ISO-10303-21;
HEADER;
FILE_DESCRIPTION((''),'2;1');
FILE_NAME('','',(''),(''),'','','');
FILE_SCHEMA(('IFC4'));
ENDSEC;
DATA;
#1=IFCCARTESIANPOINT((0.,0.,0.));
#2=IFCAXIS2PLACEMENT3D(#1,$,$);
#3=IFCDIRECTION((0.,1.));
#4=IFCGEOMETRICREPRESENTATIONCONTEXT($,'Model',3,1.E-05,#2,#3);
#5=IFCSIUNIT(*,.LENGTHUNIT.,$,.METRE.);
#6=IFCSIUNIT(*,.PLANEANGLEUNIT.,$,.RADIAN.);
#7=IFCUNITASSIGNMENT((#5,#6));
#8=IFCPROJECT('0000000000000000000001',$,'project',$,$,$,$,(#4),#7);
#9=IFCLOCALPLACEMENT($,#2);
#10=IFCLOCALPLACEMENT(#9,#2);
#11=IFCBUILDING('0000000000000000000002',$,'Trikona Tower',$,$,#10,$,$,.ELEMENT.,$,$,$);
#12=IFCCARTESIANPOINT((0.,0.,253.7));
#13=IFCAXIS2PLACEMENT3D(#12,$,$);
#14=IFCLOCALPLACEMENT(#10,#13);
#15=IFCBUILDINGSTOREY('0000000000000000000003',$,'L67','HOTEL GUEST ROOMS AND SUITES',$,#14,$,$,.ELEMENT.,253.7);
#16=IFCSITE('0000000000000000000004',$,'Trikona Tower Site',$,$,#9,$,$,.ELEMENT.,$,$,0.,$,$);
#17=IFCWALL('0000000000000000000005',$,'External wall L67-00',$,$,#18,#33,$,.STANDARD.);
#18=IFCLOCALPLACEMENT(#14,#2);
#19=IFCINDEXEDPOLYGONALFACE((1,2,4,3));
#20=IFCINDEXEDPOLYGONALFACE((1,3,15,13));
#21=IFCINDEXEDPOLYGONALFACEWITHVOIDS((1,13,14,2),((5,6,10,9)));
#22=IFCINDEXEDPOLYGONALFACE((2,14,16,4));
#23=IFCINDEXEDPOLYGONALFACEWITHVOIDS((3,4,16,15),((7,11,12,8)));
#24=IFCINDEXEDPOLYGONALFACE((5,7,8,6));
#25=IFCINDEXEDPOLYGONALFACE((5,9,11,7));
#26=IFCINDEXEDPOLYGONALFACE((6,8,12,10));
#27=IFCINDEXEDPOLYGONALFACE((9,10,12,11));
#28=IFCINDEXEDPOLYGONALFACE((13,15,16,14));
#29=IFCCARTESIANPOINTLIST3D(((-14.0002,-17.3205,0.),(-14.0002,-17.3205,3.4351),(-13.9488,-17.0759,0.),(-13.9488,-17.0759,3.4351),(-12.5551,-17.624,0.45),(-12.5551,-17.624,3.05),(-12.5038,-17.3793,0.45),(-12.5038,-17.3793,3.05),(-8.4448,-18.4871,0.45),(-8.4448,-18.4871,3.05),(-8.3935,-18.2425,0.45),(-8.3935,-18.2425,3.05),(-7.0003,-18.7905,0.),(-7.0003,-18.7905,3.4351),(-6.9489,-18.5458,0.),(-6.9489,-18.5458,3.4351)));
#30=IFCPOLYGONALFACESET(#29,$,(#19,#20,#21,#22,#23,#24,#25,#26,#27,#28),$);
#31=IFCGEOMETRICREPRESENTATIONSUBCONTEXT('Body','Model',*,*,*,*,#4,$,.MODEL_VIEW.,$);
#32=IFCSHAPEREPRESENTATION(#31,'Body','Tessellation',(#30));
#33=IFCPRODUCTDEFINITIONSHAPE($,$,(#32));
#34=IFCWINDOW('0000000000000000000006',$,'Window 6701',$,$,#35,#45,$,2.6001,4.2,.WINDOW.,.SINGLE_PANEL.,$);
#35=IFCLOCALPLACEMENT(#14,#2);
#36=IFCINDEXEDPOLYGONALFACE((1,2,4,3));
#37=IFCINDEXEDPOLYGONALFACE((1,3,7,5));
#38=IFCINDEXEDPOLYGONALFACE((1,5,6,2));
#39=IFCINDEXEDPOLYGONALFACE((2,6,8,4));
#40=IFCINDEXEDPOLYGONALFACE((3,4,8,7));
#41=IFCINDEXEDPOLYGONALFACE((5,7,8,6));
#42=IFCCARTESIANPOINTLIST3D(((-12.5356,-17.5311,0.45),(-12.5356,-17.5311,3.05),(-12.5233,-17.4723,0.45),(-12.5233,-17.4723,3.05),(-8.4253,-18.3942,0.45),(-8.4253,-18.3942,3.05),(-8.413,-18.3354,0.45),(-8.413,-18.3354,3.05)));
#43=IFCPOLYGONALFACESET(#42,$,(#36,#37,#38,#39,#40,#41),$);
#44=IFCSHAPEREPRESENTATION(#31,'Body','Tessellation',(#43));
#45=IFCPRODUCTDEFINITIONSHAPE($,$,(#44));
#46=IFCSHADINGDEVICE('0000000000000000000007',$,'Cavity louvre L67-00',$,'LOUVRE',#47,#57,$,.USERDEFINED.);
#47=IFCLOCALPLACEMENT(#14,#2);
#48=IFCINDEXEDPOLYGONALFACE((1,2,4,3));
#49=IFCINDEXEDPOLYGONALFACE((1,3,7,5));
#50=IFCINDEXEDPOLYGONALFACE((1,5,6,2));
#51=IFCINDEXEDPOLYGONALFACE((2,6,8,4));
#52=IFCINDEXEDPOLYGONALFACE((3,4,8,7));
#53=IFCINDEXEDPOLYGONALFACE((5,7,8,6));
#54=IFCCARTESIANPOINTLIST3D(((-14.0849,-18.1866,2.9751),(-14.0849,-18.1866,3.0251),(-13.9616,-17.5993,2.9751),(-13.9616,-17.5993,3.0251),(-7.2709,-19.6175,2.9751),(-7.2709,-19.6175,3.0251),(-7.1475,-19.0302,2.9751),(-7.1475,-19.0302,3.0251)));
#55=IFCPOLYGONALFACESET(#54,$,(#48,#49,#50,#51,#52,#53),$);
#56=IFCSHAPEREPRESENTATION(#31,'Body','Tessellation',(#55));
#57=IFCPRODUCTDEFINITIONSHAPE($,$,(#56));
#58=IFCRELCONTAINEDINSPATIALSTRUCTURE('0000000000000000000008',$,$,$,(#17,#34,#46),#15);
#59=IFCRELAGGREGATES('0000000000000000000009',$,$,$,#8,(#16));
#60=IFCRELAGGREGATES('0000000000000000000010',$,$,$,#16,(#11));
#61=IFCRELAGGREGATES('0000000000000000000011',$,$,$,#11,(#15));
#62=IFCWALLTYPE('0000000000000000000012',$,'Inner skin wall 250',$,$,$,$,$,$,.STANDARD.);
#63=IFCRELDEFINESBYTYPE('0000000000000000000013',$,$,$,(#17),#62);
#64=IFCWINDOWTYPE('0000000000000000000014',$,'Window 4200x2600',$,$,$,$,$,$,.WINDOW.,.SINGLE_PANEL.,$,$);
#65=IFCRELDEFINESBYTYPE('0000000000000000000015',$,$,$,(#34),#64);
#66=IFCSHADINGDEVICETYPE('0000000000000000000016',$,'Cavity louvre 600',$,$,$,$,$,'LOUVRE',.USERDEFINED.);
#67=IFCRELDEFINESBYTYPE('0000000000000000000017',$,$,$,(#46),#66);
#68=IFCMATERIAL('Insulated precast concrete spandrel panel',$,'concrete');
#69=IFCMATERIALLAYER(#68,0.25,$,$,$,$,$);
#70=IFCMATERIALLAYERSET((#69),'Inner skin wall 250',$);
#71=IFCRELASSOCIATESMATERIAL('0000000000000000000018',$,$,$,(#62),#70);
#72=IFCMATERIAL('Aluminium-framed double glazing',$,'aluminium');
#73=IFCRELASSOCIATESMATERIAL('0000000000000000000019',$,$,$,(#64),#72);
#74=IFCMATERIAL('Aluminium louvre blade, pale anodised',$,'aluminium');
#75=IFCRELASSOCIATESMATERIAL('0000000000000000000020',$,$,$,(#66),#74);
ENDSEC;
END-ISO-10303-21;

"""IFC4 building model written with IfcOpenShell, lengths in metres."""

from ifc_helpers import new_model, si_unit, direction, frame, frame_2d, origin, origin_2d, place, context, subcontext, project, spatial, rectangle, extrude, material, layer, layer_set, type_object, element, fill, save


model = new_model("IFC4")

# Units and contexts
model_context = context("Model", 3, precision=1e-05, world=origin(), true_north=direction((0.0, 1.0)))
body_context = subcontext(model_context, "Body", "Model", "MODEL_VIEW")
ifc_project = project(units=[si_unit("LENGTHUNIT", "METRE"), si_unit("PLANEANGLEUNIT", "RADIAN")], contexts=[model_context])

# Site, building, storey
site_placement = place(None, origin())
site = spatial("IfcSite", under=ifc_project, at=site_placement, Name="Trikona Tower Site", CompositionType="ELEMENT", RefElevation=0.0)
building_placement = place(site_placement, origin())
building = spatial("IfcBuilding", under=site, at=building_placement, Name="Trikona Tower", CompositionType="ELEMENT")
storey_placement = place(building_placement, frame((0.0, 0.0, 253.7)))
storey = spatial("IfcBuildingStorey", under=building, at=storey_placement, Name="L67", Description="HOTEL GUEST ROOMS AND SUITES", CompositionType="ELEMENT", Elevation=253.7)

# Wall, opening, window
ifc_material_1 = material(Name="Insulated precast concrete spandrel panel", Category="concrete")
ifc_layer_1 = layer(ifc_material_1, 0.25)
ifc_layer_set_1 = layer_set([ifc_layer_1], Name="Inner skin wall 250")
wall_type_1 = type_object("IfcWallType", Name="Inner skin wall 250", PredefinedType="STANDARD", material=ifc_layer_set_1)
wall_1_placement = place(storey_placement, frame((-13.9744, -17.1982, 0.0), z_axis=(0.0, 0.0, 1.0), x_axis=(0.978654, -0.205513, 0.0)))
wall_1 = element("IfcWall", 1, at=wall_1_placement, inside=storey, type_object=wall_type_1, Name="External wall L67-00", PredefinedType="STANDARD", context=body_context, shape_type="SweptSolid", body=[
    extrude(rectangle(XDim=7.1526, YDim=0.25, at=frame_2d((3.5762, 0.0))), origin(), (0.0, 0.0, 1.0), 3.4351),
])
opening_1_placement = place(wall_1_placement, frame((1.4763, 0.0, 0.45)))
opening_1 = element("IfcOpeningElement", 2, at=opening_1_placement, cuts=wall_1, PredefinedType="OPENING", context=body_context, shape_type="SweptSolid", body=[
    extrude(rectangle(XDim=4.2, YDim=2.6001, at=frame_2d((2.1001, 1.3))), frame((0.0, 0.135, 0.0), z_axis=(0.0, -1.0, 0.0), x_axis=(1.0, 0.0, 0.0)), (0.0, 0.0, 1.0), 0.27),
])
ifc_material_2 = material(Name="Aluminium-framed double glazing", Category="aluminium")
window_type_1 = type_object("IfcWindowType", Name="Window 4200x2600", PartitioningType="SINGLE_PANEL", PredefinedType="WINDOW", material=ifc_material_2)
window_1_placement = place(opening_1_placement, origin())
window_1 = element("IfcWindow", 3, at=window_1_placement, inside=storey, type_object=window_type_1, Name="Window 6701", OverallHeight=2.6001, OverallWidth=4.2, PartitioningType="SINGLE_PANEL", PredefinedType="WINDOW", context=body_context, shape_type="SweptSolid", body=[
    extrude(rectangle(XDim=4.2, YDim=2.6001, at=frame_2d((2.1001, 1.3))), frame((0.0, 0.03, 0.0), z_axis=(0.0, -1.0, 0.0), x_axis=(1.0, 0.0, 0.0)), (0.0, 0.0, 1.0), 0.0601),
])
fill(opening_1, window_1)

# Shading device
ifc_material_3 = material(Name="Aluminium louvre blade, pale anodised", Category="aluminium")
shading_device_type = type_object("IfcShadingDeviceType", Name="Cavity louvre 600", ElementType="LOUVRE", PredefinedType="USERDEFINED", material=ifc_material_3)
shading_device_placement = place(storey_placement, frame((-10.6162, -18.6084, 2.9751), z_axis=(0.0, 0.0, 1.0), x_axis=(0.978653, -0.205518, 0.0)))
element("IfcShadingDevice", 4, at=shading_device_placement, inside=storey, type_object=shading_device_type, Name="Cavity louvre L67-00", ObjectType="LOUVRE", PredefinedType="USERDEFINED", context=body_context, shape_type="SweptSolid", body=[
    extrude(rectangle(XDim=6.9626, YDim=0.6001, at=origin_2d()), origin(), (0.0, 0.0, 1.0), 0.05),
])

save(model, "model.ifc")
